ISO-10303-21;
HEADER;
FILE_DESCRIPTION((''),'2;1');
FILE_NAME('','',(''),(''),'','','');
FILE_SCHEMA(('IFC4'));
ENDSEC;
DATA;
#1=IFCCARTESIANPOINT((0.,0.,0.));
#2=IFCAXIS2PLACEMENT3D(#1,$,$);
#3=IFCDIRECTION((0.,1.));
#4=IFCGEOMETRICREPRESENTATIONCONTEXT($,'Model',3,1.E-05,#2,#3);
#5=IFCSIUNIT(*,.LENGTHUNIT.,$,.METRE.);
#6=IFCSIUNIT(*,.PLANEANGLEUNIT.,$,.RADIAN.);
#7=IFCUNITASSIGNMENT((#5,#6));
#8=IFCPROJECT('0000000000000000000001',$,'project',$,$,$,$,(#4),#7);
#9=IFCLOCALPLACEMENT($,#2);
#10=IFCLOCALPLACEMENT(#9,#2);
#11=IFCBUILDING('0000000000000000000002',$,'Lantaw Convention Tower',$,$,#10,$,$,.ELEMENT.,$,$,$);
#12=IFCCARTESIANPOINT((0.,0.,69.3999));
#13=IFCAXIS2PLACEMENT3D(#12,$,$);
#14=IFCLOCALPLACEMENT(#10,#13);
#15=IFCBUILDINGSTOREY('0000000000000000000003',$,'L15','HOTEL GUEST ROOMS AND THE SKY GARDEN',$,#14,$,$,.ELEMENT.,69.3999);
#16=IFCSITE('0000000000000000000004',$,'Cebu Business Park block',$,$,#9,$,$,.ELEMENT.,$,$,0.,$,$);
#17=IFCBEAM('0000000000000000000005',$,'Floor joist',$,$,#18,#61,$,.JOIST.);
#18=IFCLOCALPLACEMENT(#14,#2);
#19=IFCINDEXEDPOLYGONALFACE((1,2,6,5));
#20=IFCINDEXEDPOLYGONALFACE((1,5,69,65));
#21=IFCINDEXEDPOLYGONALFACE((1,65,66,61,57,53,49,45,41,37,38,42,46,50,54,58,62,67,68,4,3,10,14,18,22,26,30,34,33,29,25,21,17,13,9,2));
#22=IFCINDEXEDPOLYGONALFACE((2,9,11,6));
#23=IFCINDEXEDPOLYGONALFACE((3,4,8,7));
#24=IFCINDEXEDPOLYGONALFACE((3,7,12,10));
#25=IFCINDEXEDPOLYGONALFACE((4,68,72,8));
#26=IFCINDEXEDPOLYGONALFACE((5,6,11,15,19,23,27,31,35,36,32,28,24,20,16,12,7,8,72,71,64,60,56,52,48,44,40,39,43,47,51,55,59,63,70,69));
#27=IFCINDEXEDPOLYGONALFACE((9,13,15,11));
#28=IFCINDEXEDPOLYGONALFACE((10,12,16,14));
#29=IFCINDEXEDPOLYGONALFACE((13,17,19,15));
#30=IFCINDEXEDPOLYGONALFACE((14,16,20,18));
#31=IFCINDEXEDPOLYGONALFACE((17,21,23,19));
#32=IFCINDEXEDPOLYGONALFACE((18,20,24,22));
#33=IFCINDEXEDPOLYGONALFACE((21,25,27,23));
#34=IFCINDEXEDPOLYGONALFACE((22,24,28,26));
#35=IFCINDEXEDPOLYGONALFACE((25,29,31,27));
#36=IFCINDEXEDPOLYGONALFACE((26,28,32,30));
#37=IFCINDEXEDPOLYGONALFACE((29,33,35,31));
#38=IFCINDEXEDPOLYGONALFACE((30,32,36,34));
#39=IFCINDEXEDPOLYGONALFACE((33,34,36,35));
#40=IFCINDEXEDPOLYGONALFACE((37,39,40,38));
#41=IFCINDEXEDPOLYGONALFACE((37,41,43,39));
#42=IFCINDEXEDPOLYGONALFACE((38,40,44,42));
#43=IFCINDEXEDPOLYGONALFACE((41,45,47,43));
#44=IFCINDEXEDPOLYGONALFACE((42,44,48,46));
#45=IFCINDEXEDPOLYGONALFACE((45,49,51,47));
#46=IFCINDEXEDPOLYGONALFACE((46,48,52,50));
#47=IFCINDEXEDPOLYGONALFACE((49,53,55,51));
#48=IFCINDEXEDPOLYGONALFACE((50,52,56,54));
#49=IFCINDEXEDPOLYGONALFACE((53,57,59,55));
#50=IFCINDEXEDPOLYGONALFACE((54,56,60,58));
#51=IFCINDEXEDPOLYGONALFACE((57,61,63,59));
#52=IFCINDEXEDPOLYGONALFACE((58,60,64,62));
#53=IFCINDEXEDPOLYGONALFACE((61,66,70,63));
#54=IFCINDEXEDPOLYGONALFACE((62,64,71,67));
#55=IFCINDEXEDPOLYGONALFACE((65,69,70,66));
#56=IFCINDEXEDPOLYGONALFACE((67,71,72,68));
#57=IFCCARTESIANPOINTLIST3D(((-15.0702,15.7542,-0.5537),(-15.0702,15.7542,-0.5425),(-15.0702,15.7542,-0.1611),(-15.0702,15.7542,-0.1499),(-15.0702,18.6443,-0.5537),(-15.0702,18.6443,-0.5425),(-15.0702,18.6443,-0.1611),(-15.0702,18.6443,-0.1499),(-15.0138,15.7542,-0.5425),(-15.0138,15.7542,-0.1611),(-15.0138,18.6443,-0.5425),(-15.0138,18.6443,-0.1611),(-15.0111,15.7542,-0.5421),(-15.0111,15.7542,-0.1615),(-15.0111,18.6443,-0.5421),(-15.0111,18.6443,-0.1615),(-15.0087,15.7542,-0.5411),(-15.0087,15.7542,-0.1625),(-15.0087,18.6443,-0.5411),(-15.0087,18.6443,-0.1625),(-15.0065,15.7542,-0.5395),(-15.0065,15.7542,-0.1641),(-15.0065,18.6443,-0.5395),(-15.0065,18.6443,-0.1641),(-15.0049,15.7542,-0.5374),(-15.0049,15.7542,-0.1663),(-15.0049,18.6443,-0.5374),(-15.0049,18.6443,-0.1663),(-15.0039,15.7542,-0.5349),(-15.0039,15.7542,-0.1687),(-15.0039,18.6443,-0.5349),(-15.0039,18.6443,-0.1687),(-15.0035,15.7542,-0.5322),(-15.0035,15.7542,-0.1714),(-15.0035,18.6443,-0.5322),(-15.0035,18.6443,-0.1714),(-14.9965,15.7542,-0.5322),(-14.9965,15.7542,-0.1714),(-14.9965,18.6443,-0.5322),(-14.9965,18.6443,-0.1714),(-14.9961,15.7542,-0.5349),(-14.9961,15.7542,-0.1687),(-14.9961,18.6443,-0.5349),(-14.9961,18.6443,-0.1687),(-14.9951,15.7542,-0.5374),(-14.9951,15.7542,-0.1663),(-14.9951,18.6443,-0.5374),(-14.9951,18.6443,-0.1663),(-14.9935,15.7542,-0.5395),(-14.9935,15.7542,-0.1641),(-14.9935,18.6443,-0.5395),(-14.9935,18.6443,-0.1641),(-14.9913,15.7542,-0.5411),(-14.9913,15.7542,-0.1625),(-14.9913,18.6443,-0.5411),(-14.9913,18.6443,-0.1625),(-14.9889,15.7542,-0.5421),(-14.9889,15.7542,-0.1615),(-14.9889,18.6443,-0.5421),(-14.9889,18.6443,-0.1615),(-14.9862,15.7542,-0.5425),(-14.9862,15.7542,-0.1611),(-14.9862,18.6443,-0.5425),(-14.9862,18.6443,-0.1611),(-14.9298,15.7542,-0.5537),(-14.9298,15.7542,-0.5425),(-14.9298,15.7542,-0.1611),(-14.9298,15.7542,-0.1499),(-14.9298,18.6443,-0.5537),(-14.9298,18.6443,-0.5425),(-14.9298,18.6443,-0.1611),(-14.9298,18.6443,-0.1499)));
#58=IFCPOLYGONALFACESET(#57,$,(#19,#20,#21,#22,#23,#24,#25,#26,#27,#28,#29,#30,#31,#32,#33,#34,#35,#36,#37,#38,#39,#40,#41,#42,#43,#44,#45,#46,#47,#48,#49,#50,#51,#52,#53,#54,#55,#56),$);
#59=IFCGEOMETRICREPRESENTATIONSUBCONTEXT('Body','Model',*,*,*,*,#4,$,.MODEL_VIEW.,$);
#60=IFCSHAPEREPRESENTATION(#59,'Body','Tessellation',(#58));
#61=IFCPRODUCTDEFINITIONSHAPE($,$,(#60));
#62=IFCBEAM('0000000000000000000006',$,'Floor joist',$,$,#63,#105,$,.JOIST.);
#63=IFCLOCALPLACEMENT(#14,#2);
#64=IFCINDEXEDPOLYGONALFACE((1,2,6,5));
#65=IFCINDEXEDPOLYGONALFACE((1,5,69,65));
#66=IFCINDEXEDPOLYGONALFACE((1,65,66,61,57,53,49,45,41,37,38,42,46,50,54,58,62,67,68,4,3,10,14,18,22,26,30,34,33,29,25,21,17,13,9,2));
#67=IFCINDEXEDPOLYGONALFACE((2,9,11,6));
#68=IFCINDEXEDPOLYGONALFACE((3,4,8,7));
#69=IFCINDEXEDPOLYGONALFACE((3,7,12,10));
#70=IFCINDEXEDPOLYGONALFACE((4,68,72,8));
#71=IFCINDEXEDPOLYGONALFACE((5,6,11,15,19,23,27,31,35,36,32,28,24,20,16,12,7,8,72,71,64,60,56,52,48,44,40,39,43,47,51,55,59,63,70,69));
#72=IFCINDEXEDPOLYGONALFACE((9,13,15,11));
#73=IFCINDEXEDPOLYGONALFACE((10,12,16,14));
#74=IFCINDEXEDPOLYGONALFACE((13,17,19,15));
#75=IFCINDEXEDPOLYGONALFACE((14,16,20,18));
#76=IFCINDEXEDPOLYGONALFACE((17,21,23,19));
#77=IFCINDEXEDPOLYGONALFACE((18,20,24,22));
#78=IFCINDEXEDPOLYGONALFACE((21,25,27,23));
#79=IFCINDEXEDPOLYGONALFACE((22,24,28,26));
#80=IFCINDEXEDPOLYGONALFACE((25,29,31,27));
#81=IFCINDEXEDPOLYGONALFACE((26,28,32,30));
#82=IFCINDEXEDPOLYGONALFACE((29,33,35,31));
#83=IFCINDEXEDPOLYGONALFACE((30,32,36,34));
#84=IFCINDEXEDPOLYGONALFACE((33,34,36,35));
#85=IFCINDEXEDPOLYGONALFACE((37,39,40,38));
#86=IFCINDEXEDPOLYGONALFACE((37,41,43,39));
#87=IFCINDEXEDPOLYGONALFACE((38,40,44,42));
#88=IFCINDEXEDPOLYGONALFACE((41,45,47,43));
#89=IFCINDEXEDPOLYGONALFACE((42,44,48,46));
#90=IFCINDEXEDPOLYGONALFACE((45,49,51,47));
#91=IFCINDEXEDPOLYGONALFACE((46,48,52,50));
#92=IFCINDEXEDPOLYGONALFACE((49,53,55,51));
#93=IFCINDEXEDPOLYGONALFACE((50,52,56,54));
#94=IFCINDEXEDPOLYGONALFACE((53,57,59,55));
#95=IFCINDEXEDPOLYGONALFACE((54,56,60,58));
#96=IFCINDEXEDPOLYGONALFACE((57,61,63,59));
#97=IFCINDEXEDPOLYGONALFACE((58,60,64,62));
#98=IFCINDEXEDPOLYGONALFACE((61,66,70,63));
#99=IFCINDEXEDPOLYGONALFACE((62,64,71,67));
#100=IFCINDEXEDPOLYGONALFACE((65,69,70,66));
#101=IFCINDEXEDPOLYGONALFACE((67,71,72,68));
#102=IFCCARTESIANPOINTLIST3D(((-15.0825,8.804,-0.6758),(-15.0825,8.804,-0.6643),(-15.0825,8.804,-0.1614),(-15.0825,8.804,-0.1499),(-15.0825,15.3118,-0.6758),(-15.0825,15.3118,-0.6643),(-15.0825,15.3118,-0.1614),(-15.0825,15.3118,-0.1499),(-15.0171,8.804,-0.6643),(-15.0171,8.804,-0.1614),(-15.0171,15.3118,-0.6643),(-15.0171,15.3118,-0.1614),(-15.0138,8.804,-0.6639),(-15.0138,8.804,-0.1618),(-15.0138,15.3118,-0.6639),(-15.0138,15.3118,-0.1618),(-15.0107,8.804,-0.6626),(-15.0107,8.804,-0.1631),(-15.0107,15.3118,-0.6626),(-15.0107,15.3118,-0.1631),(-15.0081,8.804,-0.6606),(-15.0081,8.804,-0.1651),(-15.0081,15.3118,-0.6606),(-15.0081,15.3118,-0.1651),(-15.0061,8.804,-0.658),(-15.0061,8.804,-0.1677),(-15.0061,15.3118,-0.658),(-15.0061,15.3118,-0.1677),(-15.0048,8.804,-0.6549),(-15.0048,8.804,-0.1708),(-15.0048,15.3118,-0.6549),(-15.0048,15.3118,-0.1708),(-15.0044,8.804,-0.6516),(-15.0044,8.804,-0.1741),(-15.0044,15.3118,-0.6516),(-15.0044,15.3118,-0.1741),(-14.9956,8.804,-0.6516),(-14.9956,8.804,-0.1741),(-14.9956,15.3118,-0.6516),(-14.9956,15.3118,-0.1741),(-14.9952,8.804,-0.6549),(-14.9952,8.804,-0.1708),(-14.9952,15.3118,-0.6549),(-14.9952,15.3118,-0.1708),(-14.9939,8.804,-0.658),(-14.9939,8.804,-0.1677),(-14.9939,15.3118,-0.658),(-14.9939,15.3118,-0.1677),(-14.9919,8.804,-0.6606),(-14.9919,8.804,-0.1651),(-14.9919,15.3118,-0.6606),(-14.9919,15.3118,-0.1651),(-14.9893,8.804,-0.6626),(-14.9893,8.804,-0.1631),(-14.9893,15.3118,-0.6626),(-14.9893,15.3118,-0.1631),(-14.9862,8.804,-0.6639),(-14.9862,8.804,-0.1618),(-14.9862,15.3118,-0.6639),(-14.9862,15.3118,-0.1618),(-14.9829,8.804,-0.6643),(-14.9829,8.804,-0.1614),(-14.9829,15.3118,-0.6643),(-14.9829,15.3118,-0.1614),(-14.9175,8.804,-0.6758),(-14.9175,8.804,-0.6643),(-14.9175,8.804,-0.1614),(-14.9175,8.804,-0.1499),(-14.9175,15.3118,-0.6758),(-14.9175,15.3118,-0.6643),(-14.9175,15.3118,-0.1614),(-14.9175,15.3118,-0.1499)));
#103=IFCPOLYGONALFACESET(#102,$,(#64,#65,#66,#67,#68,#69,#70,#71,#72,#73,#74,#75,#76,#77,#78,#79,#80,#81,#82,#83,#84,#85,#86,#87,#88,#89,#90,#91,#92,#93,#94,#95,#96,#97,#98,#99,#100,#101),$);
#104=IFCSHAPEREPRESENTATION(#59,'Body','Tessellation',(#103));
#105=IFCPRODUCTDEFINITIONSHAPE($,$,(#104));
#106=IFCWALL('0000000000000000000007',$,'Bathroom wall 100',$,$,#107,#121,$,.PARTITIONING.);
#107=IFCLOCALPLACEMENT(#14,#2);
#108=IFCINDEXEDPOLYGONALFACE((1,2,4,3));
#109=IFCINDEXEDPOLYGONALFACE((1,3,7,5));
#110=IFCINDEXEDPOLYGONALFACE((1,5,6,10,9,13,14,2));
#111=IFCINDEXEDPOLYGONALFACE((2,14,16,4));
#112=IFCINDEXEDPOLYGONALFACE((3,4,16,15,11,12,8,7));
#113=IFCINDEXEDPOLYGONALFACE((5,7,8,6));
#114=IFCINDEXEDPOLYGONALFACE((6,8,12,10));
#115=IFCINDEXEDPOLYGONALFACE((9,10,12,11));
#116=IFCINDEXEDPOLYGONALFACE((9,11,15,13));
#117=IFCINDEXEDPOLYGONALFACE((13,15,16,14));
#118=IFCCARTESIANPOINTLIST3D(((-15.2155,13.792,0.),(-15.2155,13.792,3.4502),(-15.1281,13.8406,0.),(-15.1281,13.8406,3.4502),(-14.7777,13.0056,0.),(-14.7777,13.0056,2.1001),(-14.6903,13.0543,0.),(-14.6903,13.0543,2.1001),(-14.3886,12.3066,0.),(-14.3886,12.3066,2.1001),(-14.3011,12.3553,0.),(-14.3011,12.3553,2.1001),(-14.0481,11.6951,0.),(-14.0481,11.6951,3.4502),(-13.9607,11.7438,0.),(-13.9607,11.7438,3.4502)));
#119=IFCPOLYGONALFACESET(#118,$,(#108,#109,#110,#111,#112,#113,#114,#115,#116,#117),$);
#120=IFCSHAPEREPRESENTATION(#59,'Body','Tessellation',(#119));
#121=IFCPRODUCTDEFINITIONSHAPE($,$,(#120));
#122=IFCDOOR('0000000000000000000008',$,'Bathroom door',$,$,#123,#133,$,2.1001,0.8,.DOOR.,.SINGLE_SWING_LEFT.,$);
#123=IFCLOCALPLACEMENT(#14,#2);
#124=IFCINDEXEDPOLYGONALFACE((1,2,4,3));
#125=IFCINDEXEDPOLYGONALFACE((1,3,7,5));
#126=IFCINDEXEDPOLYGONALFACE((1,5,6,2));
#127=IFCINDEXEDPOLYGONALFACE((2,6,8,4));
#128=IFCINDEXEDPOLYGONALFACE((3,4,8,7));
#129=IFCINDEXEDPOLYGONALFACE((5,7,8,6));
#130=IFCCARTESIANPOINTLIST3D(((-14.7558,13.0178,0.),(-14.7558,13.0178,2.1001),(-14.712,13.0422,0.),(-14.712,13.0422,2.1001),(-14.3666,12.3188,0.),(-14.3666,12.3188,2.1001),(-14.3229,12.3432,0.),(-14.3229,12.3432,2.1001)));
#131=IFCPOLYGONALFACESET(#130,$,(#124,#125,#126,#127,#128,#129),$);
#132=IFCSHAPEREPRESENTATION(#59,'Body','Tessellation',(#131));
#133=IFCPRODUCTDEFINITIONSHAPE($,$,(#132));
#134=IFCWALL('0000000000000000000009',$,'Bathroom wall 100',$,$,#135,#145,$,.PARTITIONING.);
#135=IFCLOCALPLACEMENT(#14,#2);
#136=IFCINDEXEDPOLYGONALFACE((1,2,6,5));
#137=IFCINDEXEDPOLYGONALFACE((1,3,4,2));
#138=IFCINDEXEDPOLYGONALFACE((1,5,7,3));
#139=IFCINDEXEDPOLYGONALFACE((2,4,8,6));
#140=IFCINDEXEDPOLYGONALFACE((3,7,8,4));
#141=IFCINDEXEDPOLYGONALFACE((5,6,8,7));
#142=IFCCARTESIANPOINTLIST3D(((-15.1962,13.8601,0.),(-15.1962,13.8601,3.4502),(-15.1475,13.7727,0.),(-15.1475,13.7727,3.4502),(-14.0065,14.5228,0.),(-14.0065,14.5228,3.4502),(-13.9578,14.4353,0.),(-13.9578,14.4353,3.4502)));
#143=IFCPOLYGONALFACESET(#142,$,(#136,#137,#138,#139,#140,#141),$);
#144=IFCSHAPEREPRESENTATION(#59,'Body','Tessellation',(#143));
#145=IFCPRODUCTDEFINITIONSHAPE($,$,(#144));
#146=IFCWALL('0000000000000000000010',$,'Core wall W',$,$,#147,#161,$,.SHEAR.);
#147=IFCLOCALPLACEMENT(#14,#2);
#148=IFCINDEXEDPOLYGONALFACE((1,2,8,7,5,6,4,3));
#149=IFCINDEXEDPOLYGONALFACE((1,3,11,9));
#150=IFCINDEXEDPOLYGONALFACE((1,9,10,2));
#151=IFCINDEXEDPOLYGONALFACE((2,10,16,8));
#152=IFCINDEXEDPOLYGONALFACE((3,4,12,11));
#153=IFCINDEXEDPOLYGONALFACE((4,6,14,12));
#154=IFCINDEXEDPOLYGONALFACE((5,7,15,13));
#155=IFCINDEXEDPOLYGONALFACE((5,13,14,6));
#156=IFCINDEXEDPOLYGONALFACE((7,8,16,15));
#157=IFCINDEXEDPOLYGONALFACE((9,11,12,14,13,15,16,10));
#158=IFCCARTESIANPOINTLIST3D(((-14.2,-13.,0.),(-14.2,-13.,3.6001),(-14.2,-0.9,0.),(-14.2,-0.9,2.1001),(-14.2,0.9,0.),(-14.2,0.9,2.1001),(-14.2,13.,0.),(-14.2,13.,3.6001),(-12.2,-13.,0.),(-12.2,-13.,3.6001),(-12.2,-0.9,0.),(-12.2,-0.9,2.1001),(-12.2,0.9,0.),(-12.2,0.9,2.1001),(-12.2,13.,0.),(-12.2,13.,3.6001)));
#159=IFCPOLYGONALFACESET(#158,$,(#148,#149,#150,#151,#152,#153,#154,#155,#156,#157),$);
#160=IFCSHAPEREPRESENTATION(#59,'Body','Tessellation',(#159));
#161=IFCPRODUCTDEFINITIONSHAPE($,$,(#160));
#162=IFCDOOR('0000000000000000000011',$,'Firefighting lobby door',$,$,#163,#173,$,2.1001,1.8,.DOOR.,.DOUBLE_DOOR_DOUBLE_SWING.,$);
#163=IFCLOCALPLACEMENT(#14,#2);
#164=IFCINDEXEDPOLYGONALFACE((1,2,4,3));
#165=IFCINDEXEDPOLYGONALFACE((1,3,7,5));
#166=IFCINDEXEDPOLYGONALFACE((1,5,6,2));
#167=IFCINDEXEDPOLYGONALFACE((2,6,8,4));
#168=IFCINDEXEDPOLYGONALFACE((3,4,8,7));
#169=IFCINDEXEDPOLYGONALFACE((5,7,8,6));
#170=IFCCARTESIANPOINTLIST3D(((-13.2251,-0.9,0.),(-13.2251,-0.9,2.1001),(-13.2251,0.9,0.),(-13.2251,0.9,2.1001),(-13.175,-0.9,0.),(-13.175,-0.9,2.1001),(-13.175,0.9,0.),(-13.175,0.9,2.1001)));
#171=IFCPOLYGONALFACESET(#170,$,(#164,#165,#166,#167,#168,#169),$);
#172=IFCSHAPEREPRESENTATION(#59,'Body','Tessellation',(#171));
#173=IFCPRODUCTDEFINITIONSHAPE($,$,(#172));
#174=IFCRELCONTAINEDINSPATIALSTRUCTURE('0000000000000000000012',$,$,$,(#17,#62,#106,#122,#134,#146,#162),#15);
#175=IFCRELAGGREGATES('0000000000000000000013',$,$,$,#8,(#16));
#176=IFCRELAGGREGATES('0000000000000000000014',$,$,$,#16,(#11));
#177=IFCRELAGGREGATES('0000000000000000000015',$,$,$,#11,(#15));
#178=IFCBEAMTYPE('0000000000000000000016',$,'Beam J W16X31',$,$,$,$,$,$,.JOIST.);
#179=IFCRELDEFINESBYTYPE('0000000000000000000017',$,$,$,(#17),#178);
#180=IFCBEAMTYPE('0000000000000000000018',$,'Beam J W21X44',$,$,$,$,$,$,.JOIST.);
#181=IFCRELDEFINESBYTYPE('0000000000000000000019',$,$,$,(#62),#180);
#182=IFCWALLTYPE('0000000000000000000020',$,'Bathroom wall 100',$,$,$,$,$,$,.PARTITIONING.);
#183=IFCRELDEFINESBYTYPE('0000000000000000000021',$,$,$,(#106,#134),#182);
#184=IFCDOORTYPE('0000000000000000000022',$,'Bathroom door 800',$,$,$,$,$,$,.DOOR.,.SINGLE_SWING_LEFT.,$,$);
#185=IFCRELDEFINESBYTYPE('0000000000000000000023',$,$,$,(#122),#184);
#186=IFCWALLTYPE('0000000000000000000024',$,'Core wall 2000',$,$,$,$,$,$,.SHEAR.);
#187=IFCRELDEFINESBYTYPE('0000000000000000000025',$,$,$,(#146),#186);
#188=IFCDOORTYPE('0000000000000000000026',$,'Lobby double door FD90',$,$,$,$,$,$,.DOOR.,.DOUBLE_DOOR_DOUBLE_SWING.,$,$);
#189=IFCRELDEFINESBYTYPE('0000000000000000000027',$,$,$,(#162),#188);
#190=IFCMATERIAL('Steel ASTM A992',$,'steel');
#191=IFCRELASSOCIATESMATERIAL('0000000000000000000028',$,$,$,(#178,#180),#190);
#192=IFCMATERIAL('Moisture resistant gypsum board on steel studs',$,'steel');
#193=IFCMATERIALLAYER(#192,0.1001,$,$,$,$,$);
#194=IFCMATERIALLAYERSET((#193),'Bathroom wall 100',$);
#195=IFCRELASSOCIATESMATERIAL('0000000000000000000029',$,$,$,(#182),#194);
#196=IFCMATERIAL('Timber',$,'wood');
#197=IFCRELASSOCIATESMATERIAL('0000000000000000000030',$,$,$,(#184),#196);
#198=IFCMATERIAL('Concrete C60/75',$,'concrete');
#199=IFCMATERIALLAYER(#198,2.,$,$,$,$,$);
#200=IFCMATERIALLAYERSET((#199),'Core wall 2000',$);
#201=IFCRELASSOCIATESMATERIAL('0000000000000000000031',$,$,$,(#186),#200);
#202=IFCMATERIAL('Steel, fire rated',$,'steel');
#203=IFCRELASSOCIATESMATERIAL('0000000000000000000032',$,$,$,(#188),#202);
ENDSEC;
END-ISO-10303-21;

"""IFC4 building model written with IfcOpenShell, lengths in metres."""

from ifc_helpers import new_model, si_unit, direction, frame, frame_2d, origin, origin_2d, place, context, subcontext, project, spatial, rectangle, i_section, extrude, material, layer, layer_set, material_profile, profile_set, type_object, element, fill, save


model = new_model("IFC4")

# Units and contexts
model_context = context("Model", 3, precision=1e-05, world=origin(), true_north=direction((0.0, 1.0)))
body_context = subcontext(model_context, "Body", "Model", "MODEL_VIEW")
ifc_project = project(units=[si_unit("LENGTHUNIT", "METRE"), si_unit("PLANEANGLEUNIT", "RADIAN")], contexts=[model_context])

# Site, building, storey
site_placement = place(None, origin())
site = spatial("IfcSite", under=ifc_project, at=site_placement, Name="Cebu Business Park block", CompositionType="ELEMENT", RefElevation=0.0)
building_placement = place(site_placement, origin())
building = spatial("IfcBuilding", under=site, at=building_placement, Name="Lantaw Convention Tower", CompositionType="ELEMENT")
storey_placement = place(building_placement, frame((0.0, 0.0, 69.3999)))
storey = spatial("IfcBuildingStorey", under=building, at=storey_placement, Name="L15", Description="HOTEL GUEST ROOMS AND THE SKY GARDEN", CompositionType="ELEMENT", Elevation=69.3999)

# Shared definitions
ifc_material_1 = material(Name="Concrete C60/75", Category="concrete")

# Beams
ifc_material_2 = material(Name="Steel ASTM A992", Category="steel")
ifc_material_profile_1 = material_profile(ifc_material_2, i_section(OverallWidth=0.1404, OverallDepth=0.4038, WebThickness=0.0071, FlangeThickness=0.0112, FilletRadius=0.0103, at=origin_2d()), Name="W16X31")
ifc_profile_set_1 = profile_set([ifc_material_profile_1], Name="Steel ASTM A992")
beam_type_1 = type_object("IfcBeamType", Name="Beam J W16X31", PredefinedType="JOIST", material=ifc_profile_set_1)
beam_1_placement = place(storey_placement, frame((-15.0, 15.7542, -0.3518), z_axis=(0.0, 1.0, 0.0), x_axis=(-1.0, 0.0, 0.0)))
element("IfcBeam", 1, at=beam_1_placement, inside=storey, type_object=beam_type_1, Name="Floor joist", PredefinedType="JOIST", context=body_context, shape_type="SweptSolid", body=[
    extrude(i_section(OverallWidth=0.1404, OverallDepth=0.4038, WebThickness=0.0071, FlangeThickness=0.0112, FilletRadius=0.0103, at=origin_2d()), origin(), (0.0, 0.0, 1.0), 2.8901),
])
ifc_material_profile_2 = material_profile(ifc_material_2, i_section(OverallWidth=0.165, OverallDepth=0.5259, WebThickness=0.0088, FlangeThickness=0.0115, FilletRadius=0.0127, at=origin_2d()), Name="W21X44")
ifc_profile_set_2 = profile_set([ifc_material_profile_2], Name="Steel ASTM A992")
beam_type_2 = type_object("IfcBeamType", Name="Beam J W21X44", PredefinedType="JOIST", material=ifc_profile_set_2)
beam_2_placement = place(storey_placement, frame((-15.0, 8.804, -0.4128), z_axis=(0.0, 1.0, 0.0), x_axis=(-1.0, 0.0, 0.0)))
element("IfcBeam", 2, at=beam_2_placement, inside=storey, type_object=beam_type_2, Name="Floor joist", PredefinedType="JOIST", context=body_context, shape_type="SweptSolid", body=[
    extrude(i_section(OverallWidth=0.165, OverallDepth=0.5259, WebThickness=0.0088, FlangeThickness=0.0115, FilletRadius=0.0127, at=origin_2d()), origin(), (0.0, 0.0, 1.0), 6.5078),
])

# Wall, opening, door
ifc_material_3 = material(Name="Moisture resistant gypsum board on steel studs", Category="steel")
ifc_layer_1 = layer(ifc_material_3, 0.1001)
ifc_layer_set_1 = layer_set([ifc_layer_1], Name="Bathroom wall 100")
wall_type_1 = type_object("IfcWallType", Name="Bathroom wall 100", PredefinedType="PARTITIONING", material=ifc_layer_set_1)
wall_1_placement = place(storey_placement, frame((-14.0044, 11.7195, 0.0), z_axis=(0.0, 0.0, 1.0), x_axis=(-0.486446, 0.873711, 0.0)))
wall_1 = element("IfcWall", 3, at=wall_1_placement, inside=storey, type_object=wall_type_1, Name="Bathroom wall 100", PredefinedType="PARTITIONING", context=body_context, shape_type="SweptSolid", body=[
    extrude(rectangle(XDim=2.3999, YDim=0.1001, at=frame_2d((1.2, 0.0))), origin(), (0.0, 0.0, 1.0), 3.4502),
])
opening_1_placement = place(wall_1_placement, frame((0.7, 0.0, 0.0)))
opening_1 = element("IfcOpeningElement", 4, at=opening_1_placement, cuts=wall_1, PredefinedType="OPENING", context=body_context, shape_type="SweptSolid", body=[
    extrude(rectangle(XDim=0.8, YDim=2.1001, at=frame_2d((0.3999, 1.05))), frame((0.0, 0.0601, 0.0), z_axis=(0.0, -1.0, 0.0), x_axis=(1.0, 0.0, 0.0)), (0.0, 0.0, 1.0), 0.1201),
])
ifc_material_4 = material(Name="Timber", Category="wood")
door_type_1 = type_object("IfcDoorType", Name="Bathroom door 800", OperationType="SINGLE_SWING_LEFT", PredefinedType="DOOR", material=ifc_material_4)
door_1_placement = place(opening_1_placement, origin())
door_1 = element("IfcDoor", 5, at=door_1_placement, inside=storey, type_object=door_type_1, Name="Bathroom door", OperationType="SINGLE_SWING_LEFT", OverallHeight=2.1001, OverallWidth=0.8, PredefinedType="DOOR", context=body_context, shape_type="SweptSolid", body=[
    extrude(rectangle(XDim=0.8, YDim=2.1001, at=frame_2d((0.3999, 1.05))), frame((0.0, 0.0249, 0.0), z_axis=(0.0, -1.0, 0.0), x_axis=(1.0, 0.0, 0.0)), (0.0, 0.0, 1.0), 0.05),
])
fill(opening_1, door_1)

# Wall
wall_2_placement = place(storey_placement, frame((-15.1719, 13.8164, 0.0), z_axis=(0.0, 0.0, 1.0), x_axis=(0.873641, 0.486571, 0.0)))
element("IfcWall", 6, at=wall_2_placement, inside=storey, type_object=wall_type_1, Name="Bathroom wall 100", PredefinedType="PARTITIONING", context=body_context, shape_type="SweptSolid", body=[
    extrude(rectangle(XDim=1.3618, YDim=0.1001, at=frame_2d((0.6809, 0.0))), origin(), (0.0, 0.0, 1.0), 3.4502),
])

# Wall, opening, door
ifc_layer_2 = layer(ifc_material_1, 2.0)
ifc_layer_set_2 = layer_set([ifc_layer_2], Name="Core wall 2000")
wall_type_2 = type_object("IfcWallType", Name="Core wall 2000", PredefinedType="SHEAR", material=ifc_layer_set_2)
wall_3_placement = place(storey_placement, frame((-13.2, 13.0, 0.0), z_axis=(0.0, 0.0, 1.0), x_axis=(0.0, -1.0, 0.0)))
wall_3 = element("IfcWall", 7, at=wall_3_placement, inside=storey, type_object=wall_type_2, Name="Core wall W", PredefinedType="SHEAR", context=body_context, shape_type="SweptSolid", body=[
    extrude(rectangle(XDim=26.0, YDim=2.0, at=frame_2d((13.0, 0.0))), origin(), (0.0, 0.0, 1.0), 3.6001),
])
opening_2_placement = place(wall_3_placement, frame((12.1001, 0.0, 0.0)))
opening_2 = element("IfcOpeningElement", 8, at=opening_2_placement, cuts=wall_3, PredefinedType="OPENING", context=body_context, shape_type="SweptSolid", body=[
    extrude(rectangle(XDim=1.8, YDim=2.1001, at=frame_2d((0.8999, 1.05))), frame((0.0, 1.01, 0.0), z_axis=(0.0, -1.0, 0.0), x_axis=(1.0, 0.0, 0.0)), (0.0, 0.0, 1.0), 2.02),
])
ifc_material_5 = material(Name="Steel, fire rated", Category="steel")
door_type_2 = type_object("IfcDoorType", Name="Lobby double door FD90", OperationType="DOUBLE_DOOR_DOUBLE_SWING", PredefinedType="DOOR", material=ifc_material_5)
door_2_placement = place(opening_2_placement, origin())
door_2 = element("IfcDoor", 9, at=door_2_placement, inside=storey, type_object=door_type_2, Name="Firefighting lobby door", OperationType="DOUBLE_DOOR_DOUBLE_SWING", OverallHeight=2.1001, OverallWidth=1.8, PredefinedType="DOOR", context=body_context, shape_type="SweptSolid", body=[
    extrude(rectangle(XDim=1.8, YDim=2.1001, at=frame_2d((0.8999, 1.05))), frame((0.0, 0.0249, 0.0), z_axis=(0.0, -1.0, 0.0), x_axis=(1.0, 0.0, 0.0)), (0.0, 0.0, 1.0), 0.05),
])
fill(opening_2, door_2)

save(model, "model.ifc")
